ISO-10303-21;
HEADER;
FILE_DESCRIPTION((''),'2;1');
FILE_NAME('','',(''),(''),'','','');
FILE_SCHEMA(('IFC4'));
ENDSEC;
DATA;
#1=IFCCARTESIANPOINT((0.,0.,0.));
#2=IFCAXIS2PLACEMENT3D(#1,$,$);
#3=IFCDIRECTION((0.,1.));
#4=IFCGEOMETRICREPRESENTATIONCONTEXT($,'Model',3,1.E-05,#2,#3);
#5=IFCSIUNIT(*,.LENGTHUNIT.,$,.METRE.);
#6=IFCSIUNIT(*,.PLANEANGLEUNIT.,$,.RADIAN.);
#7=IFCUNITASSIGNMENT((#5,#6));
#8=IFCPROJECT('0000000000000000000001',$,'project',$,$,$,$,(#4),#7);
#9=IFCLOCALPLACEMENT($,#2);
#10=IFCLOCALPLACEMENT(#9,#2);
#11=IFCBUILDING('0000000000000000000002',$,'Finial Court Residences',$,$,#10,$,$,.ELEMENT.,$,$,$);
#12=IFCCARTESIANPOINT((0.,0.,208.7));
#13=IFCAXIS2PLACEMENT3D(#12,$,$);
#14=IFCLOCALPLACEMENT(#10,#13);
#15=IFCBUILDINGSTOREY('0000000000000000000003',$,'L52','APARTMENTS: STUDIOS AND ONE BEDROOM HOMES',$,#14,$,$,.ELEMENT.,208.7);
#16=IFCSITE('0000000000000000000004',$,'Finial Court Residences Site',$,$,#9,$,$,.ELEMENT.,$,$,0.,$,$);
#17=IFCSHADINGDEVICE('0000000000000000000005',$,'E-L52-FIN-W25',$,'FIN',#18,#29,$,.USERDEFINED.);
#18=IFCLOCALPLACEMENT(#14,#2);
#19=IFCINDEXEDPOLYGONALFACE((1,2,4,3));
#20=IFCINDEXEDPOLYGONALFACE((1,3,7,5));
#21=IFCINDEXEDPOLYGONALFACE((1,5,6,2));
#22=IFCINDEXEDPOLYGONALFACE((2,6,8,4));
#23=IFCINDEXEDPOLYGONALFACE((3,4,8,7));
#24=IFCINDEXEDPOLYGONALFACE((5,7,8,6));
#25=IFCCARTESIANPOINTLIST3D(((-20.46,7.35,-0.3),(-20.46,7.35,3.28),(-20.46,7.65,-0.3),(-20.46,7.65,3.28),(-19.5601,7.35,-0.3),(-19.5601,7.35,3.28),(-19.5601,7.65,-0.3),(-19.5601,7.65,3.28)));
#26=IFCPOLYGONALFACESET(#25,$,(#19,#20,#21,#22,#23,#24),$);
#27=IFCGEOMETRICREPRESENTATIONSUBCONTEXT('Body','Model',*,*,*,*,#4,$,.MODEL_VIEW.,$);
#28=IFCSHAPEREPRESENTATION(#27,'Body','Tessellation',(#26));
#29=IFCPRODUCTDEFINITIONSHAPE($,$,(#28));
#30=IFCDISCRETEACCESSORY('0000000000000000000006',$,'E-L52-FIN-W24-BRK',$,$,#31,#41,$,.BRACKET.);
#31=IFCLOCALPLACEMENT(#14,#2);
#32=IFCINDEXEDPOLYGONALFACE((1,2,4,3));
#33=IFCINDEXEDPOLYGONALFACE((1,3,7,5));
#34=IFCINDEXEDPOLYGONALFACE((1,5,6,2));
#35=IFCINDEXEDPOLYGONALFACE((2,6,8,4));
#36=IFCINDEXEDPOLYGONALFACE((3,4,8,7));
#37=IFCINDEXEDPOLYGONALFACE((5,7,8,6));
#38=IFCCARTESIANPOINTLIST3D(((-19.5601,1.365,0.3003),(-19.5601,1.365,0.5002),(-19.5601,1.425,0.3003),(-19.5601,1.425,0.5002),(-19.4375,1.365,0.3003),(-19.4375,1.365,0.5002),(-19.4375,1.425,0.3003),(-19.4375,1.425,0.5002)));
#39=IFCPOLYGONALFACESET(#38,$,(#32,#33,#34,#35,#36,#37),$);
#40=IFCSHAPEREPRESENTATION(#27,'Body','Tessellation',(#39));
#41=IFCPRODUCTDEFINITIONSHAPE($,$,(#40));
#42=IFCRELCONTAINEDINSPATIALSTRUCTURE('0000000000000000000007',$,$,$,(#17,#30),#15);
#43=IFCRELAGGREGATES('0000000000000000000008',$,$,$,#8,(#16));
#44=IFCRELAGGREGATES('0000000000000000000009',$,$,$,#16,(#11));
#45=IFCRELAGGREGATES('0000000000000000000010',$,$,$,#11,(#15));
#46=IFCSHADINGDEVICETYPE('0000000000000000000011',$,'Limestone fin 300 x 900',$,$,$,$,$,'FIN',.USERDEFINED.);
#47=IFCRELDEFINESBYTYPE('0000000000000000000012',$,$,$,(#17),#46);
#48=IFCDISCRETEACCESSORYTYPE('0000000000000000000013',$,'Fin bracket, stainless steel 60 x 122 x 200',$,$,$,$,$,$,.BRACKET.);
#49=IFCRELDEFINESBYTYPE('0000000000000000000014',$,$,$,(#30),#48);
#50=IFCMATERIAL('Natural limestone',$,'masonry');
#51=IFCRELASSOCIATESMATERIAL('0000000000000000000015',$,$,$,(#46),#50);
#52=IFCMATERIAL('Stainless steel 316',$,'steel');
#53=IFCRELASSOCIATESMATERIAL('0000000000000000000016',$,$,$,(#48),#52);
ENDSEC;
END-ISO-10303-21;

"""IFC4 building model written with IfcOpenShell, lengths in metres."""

from ifc_helpers import new_model, si_unit, direction, frame, origin, origin_2d, place, context, subcontext, project, spatial, rectangle, extrude, material, type_object, element, save


model = new_model("IFC4")

# Units and contexts
model_context = context("Model", 3, precision=1e-05, world=origin(), true_north=direction((0.0, 1.0)))
body_context = subcontext(model_context, "Body", "Model", "MODEL_VIEW")
ifc_project = project(units=[si_unit("LENGTHUNIT", "METRE"), si_unit("PLANEANGLEUNIT", "RADIAN")], contexts=[model_context])

# Site, building, storey
site_placement = place(None, origin())
site = spatial("IfcSite", under=ifc_project, at=site_placement, Name="Finial Court Residences Site", CompositionType="ELEMENT", RefElevation=0.0)
building_placement = place(site_placement, origin())
building = spatial("IfcBuilding", under=site, at=building_placement, Name="Finial Court Residences", CompositionType="ELEMENT")
storey_placement = place(building_placement, frame((0.0, 0.0, 208.7)))
storey = spatial("IfcBuildingStorey", under=building, at=storey_placement, Name="L52", Description="APARTMENTS: STUDIOS AND ONE BEDROOM HOMES", CompositionType="ELEMENT", Elevation=208.7)

# Shared definitions
ifc_material_1 = material(Name="Natural limestone", Category="masonry")

# Shading device
shading_device_type = type_object("IfcShadingDeviceType", Name="Limestone fin 300 x 900", ElementType="FIN", PredefinedType="USERDEFINED", material=ifc_material_1)
shading_device_placement = place(storey_placement, frame((-20.01, 7.5, -0.3), z_axis=(0.0, 0.0, 1.0), x_axis=(1.0, 0.0, 0.0)))
element("IfcShadingDevice", 1, at=shading_device_placement, inside=storey, type_object=shading_device_type, Name="E-L52-FIN-W25", ObjectType="FIN", PredefinedType="USERDEFINED", context=body_context, shape_type="SweptSolid", body=[
    extrude(rectangle(XDim=0.8999, YDim=0.3, at=origin_2d()), origin(), (0.0, 0.0, 1.0), 3.5801),
])

# Discrete accessory
ifc_material_2 = material(Name="Stainless steel 316", Category="steel")
discrete_accessory_type = type_object("IfcDiscreteAccessoryType", Name="Fin bracket, stainless steel 60 x 122 x 200", PredefinedType="BRACKET", material=ifc_material_2)
discrete_accessory_placement = place(storey_placement, frame((-19.4988, 1.395, 0.3003), z_axis=(0.0, 0.0, 1.0), x_axis=(1.0, 0.0, 0.0)))
element("IfcDiscreteAccessory", 2, at=discrete_accessory_placement, inside=storey, type_object=discrete_accessory_type, Name="E-L52-FIN-W24-BRK", PredefinedType="BRACKET", context=body_context, shape_type="SweptSolid", body=[
    extrude(rectangle(XDim=0.1226, YDim=0.0601, at=origin_2d()), origin(), (0.0, 0.0, 1.0), 0.2),
])

save(model, "model.ifc")
